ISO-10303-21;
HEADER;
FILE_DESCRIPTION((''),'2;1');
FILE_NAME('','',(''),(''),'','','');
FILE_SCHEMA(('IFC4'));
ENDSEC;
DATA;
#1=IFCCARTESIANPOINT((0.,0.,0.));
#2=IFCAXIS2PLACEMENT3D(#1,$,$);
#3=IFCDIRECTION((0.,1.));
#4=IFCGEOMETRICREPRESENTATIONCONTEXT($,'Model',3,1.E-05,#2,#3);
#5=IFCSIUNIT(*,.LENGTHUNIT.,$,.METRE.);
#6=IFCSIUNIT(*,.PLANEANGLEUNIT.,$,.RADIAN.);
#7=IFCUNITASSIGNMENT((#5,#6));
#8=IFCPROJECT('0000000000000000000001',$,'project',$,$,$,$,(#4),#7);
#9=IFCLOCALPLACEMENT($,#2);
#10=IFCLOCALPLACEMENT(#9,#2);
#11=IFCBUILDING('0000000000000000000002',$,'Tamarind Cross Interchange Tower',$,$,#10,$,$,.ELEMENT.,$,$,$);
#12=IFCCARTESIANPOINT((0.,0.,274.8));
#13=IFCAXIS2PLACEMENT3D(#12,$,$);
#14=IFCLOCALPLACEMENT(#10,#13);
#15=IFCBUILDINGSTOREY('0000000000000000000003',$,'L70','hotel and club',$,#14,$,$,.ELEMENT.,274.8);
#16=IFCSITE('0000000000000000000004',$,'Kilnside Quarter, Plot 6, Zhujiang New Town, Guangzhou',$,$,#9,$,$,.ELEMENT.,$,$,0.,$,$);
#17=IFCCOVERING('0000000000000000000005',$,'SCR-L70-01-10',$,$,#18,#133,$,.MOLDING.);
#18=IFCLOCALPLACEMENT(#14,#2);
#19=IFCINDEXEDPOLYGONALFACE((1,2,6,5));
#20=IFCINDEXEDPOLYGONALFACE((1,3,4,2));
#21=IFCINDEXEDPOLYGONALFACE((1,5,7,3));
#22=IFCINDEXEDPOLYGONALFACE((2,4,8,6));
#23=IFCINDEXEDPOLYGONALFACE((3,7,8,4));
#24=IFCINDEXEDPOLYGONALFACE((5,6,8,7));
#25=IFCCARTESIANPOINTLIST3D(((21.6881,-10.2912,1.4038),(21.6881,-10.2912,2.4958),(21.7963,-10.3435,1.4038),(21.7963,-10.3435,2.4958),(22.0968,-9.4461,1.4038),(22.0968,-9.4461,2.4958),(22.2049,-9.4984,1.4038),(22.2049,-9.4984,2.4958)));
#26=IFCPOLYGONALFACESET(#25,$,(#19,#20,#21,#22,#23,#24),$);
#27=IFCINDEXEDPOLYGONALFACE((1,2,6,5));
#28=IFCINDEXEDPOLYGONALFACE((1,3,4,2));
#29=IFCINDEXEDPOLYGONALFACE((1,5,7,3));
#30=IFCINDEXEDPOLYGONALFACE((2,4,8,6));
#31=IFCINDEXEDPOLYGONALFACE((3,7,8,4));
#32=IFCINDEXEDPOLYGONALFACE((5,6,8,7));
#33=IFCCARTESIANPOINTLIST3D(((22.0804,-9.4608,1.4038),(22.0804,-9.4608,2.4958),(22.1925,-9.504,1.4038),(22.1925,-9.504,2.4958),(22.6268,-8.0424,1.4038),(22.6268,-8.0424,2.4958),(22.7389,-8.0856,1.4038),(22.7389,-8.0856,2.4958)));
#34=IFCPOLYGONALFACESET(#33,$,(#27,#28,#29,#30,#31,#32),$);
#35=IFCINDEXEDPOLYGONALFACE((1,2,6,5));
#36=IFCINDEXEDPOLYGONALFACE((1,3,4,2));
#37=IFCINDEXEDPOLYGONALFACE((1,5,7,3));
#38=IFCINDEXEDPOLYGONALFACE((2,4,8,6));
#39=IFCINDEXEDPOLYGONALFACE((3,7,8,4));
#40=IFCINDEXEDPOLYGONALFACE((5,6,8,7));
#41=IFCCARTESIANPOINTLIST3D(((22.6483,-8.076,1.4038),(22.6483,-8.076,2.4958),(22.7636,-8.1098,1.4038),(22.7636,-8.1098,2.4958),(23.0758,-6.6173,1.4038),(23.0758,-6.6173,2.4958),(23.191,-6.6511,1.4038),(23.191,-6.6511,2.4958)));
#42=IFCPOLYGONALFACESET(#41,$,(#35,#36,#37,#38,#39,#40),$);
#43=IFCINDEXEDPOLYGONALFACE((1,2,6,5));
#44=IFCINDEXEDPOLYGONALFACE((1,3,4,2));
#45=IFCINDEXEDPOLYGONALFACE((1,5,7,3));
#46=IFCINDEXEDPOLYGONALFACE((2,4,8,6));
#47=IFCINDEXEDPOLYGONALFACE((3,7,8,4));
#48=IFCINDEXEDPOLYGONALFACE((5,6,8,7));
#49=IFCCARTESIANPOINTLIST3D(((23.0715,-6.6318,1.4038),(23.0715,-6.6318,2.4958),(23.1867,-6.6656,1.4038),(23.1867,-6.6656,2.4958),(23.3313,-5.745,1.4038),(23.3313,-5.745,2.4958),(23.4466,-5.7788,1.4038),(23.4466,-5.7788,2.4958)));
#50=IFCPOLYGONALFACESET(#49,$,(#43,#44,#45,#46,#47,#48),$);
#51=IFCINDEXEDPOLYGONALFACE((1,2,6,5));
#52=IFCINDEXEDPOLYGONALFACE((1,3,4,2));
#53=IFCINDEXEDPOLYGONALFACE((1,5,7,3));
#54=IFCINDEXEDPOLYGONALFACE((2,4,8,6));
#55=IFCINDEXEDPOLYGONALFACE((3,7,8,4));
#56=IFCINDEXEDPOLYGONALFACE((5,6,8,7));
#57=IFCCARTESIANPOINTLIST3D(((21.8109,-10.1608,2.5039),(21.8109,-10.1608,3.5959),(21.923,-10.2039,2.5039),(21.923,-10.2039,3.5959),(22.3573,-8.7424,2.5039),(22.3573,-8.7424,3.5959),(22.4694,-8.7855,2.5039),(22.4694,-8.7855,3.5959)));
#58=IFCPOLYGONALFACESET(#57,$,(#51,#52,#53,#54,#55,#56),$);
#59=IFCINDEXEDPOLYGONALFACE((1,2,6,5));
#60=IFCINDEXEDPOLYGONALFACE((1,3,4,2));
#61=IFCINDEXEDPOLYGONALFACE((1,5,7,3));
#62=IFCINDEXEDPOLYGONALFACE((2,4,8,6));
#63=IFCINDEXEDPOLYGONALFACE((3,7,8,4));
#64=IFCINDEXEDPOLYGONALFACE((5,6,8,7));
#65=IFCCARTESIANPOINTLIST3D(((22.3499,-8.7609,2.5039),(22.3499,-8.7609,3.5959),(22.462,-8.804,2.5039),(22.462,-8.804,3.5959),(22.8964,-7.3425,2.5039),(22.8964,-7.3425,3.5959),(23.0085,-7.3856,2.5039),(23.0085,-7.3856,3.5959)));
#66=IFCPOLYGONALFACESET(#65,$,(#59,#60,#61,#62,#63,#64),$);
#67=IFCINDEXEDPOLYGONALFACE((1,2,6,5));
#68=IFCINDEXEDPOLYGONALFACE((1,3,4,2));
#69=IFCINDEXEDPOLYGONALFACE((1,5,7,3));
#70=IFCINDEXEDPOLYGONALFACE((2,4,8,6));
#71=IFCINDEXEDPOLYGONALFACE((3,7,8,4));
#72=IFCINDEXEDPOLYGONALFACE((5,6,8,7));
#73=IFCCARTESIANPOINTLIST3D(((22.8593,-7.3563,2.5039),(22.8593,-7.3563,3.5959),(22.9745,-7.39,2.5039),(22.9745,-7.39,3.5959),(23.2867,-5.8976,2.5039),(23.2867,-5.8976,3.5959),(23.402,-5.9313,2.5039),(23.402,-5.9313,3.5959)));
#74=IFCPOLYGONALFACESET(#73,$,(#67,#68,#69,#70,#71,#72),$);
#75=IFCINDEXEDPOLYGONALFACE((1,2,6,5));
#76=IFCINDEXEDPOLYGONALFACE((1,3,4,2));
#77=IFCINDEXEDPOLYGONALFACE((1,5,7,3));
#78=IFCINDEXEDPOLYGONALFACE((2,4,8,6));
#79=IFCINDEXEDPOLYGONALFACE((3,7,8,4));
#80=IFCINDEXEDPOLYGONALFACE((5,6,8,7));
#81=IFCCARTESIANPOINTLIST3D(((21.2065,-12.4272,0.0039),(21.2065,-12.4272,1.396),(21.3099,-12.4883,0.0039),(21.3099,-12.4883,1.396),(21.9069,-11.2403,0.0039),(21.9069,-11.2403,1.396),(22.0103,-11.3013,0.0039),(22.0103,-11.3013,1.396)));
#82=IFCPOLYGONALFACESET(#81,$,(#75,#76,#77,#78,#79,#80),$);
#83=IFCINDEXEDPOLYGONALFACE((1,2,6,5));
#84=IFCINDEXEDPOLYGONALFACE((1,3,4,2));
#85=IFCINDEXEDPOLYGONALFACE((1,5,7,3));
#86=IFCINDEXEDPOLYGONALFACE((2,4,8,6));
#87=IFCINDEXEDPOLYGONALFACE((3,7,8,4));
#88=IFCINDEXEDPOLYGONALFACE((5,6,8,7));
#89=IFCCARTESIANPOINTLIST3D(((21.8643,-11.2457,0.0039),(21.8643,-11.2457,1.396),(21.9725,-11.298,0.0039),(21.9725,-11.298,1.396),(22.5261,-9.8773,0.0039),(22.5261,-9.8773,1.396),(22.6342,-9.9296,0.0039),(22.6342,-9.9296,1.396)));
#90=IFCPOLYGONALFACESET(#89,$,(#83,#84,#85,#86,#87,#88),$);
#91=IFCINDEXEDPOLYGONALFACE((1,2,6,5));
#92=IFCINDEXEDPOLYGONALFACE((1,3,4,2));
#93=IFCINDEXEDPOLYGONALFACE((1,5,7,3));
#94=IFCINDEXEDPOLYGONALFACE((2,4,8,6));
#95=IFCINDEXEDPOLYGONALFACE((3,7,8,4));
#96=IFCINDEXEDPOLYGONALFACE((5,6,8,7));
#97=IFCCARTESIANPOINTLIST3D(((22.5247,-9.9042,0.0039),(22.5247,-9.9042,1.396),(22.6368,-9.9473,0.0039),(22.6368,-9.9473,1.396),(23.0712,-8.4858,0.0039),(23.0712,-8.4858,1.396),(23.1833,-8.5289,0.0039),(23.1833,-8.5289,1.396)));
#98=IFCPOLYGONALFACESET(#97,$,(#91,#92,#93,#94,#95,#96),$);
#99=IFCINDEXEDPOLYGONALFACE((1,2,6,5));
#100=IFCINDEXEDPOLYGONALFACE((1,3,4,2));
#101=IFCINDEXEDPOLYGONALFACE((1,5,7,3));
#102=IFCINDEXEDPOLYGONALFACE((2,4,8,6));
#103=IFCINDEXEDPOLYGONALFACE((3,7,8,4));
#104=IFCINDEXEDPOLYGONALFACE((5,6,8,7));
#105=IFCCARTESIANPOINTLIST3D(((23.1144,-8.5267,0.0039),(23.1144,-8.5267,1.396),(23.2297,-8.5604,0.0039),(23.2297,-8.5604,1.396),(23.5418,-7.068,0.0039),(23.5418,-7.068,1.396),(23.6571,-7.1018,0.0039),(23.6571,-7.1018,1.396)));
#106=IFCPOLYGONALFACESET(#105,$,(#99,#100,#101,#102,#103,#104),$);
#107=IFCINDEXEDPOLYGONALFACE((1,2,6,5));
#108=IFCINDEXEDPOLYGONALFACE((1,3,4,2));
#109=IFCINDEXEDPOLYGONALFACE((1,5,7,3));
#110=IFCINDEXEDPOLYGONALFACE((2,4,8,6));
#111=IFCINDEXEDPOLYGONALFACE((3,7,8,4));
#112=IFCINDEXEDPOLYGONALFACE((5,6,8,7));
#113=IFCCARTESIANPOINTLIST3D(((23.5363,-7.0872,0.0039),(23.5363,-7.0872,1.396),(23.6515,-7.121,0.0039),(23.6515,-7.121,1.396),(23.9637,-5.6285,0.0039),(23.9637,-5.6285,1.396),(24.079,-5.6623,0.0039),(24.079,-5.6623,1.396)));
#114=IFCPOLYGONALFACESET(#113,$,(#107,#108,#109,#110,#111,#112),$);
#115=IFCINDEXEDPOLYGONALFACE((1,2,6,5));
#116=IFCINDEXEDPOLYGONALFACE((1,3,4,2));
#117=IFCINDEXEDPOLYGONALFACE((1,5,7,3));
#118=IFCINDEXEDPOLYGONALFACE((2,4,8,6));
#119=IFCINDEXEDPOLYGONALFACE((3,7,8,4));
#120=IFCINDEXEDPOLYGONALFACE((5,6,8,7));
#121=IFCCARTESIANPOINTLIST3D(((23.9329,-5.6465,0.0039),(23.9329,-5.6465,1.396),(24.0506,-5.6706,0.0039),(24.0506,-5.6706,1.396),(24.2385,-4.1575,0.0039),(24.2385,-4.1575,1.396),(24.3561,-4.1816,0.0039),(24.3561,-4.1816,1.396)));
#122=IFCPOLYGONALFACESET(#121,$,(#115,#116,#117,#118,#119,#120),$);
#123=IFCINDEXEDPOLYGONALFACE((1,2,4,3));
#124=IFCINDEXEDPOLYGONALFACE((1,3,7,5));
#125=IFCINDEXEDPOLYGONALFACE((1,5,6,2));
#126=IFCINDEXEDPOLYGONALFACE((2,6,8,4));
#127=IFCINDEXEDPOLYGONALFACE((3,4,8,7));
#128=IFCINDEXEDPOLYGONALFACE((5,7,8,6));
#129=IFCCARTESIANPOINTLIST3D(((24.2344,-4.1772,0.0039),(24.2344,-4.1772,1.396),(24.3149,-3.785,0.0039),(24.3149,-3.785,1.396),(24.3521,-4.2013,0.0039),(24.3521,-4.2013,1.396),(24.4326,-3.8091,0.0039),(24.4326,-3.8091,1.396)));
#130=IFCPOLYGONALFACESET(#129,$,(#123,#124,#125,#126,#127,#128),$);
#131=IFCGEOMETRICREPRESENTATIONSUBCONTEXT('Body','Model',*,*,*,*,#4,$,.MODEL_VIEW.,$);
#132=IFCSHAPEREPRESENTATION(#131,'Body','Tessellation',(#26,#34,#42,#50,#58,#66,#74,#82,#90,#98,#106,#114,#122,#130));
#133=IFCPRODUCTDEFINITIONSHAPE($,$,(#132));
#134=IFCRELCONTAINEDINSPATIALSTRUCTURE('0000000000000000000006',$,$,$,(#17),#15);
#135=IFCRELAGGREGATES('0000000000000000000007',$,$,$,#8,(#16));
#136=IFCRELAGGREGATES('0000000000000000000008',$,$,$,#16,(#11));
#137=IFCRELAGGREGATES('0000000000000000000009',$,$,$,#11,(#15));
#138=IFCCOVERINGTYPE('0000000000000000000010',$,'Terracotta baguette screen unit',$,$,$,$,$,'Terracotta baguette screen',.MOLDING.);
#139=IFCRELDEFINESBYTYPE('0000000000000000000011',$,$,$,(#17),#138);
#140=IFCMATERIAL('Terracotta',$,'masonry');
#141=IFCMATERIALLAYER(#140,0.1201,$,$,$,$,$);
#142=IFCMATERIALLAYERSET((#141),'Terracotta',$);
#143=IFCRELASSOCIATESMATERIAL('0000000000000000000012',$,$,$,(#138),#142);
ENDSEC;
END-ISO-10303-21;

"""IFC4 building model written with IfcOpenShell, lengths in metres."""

from ifc_helpers import new_model, si_unit, direction, frame, origin, origin_2d, place, context, subcontext, project, spatial, rectangle, extrude, material, layer, layer_set, type_object, element, save


model = new_model("IFC4")

# Units and contexts
model_context = context("Model", 3, precision=1e-05, world=origin(), true_north=direction((0.0, 1.0)))
body_context = subcontext(model_context, "Body", "Model", "MODEL_VIEW")
ifc_project = project(units=[si_unit("LENGTHUNIT", "METRE"), si_unit("PLANEANGLEUNIT", "RADIAN")], contexts=[model_context])

# Site, building, storey
site_placement = place(None, origin())
site = spatial("IfcSite", under=ifc_project, at=site_placement, Name="Kilnside Quarter, Plot 6, Zhujiang New Town, Guangzhou", CompositionType="ELEMENT", RefElevation=0.0)
building_placement = place(site_placement, origin())
building = spatial("IfcBuilding", under=site, at=building_placement, Name="Tamarind Cross Interchange Tower", CompositionType="ELEMENT")
storey_placement = place(building_placement, frame((0.0, 0.0, 274.8)))
storey = spatial("IfcBuildingStorey", under=building, at=storey_placement, Name="L70", Description="hotel and club", CompositionType="ELEMENT", Elevation=274.8)

# Covering
ifc_material_1 = material(Name="Terracotta", Category="masonry")
ifc_layer_1 = layer(ifc_material_1, 0.1201)
ifc_layer_set_1 = layer_set([ifc_layer_1], Name="Terracotta")
covering_type = type_object("IfcCoveringType", Name="Terracotta baguette screen unit", ElementType="Terracotta baguette screen", PredefinedType="MOLDING", material=ifc_layer_set_1)
covering_1_placement = place(storey_placement, origin())
element("IfcCovering", 1, at=covering_1_placement, inside=storey, type_object=covering_type, Name="SCR-L70-01-10", PredefinedType="MOLDING", context=body_context, shape_type="SweptSolid", body=[
    extrude(rectangle(XDim=0.9387, YDim=0.1201, at=origin_2d()), frame((21.9465, -9.8948, 1.4038), z_axis=(0.0, 0.0, 1.0), x_axis=(0.435326, 0.900273, 0.0)), (0.0, 0.0, 1.0), 1.092),
    extrude(rectangle(XDim=1.52, YDim=0.1201, at=origin_2d()), frame((22.4097, -8.7732, 1.4038), z_axis=(0.0, 0.0, 1.0), x_axis=(0.359495, 0.933147, 0.0)), (0.0, 0.0, 1.0), 1.092),
    extrude(rectangle(XDim=1.52, YDim=0.1201, at=origin_2d()), frame((22.9197, -7.3635, 1.4038), z_axis=(0.0, 0.0, 1.0), x_axis=(0.281209, 0.959647, 0.0)), (0.0, 0.0, 1.0), 1.092),
    extrude(rectangle(XDim=0.9241, YDim=0.1201, at=origin_2d()), frame((23.259, -6.2053, 1.4038), z_axis=(0.0, 0.0, 1.0), x_axis=(0.281209, 0.959647, 0.0)), (0.0, 0.0, 1.0), 1.092),
    extrude(rectangle(XDim=1.52, YDim=0.1201, at=origin_2d()), frame((22.1401, -9.4731, 2.5039), z_axis=(0.0, 0.0, 1.0), x_axis=(0.359495, 0.933147, 0.0)), (0.0, 0.0, 1.0), 1.092),
    extrude(rectangle(XDim=1.52, YDim=0.1201, at=origin_2d()), frame((22.6792, -8.0732, 2.5039), z_axis=(0.0, 0.0, 1.0), x_axis=(0.359495, 0.933147, 0.0)), (0.0, 0.0, 1.0), 1.092),
    extrude(rectangle(XDim=1.52, YDim=0.1201, at=origin_2d()), frame((23.1306, -6.6438, 2.5039), z_axis=(0.0, 0.0, 1.0), x_axis=(0.281209, 0.959647, 0.0)), (0.0, 0.0, 1.0), 1.092),
    extrude(rectangle(XDim=1.3782, YDim=0.1201, at=origin_2d()), frame((21.6084, -11.8643, 0.0039), z_axis=(0.0, 0.0, 1.0), x_axis=(0.508183, 0.861249, 0.0)), (0.0, 0.0, 1.0), 1.3921),
    extrude(rectangle(XDim=1.52, YDim=0.1201, at=origin_2d()), frame((22.2493, -10.5876, 0.0039), z_axis=(0.0, 0.0, 1.0), x_axis=(0.435326, 0.900273, 0.0)), (0.0, 0.0, 1.0), 1.3921),
    extrude(rectangle(XDim=1.52, YDim=0.1201, at=origin_2d()), frame((22.854, -9.2166, 0.0039), z_axis=(0.0, 0.0, 1.0), x_axis=(0.359495, 0.933147, 0.0)), (0.0, 0.0, 1.0), 1.3921),
    extrude(rectangle(XDim=1.52, YDim=0.1201, at=origin_2d()), frame((23.3857, -7.8142, 0.0039), z_axis=(0.0, 0.0, 1.0), x_axis=(0.281209, 0.959647, 0.0)), (0.0, 0.0, 1.0), 1.3921),
    extrude(rectangle(XDim=1.52, YDim=0.1201, at=origin_2d()), frame((23.8076, -6.3748, 0.0039), z_axis=(0.0, 0.0, 1.0), x_axis=(0.281209, 0.959647, 0.0)), (0.0, 0.0, 1.0), 1.3921),
    extrude(rectangle(XDim=1.52, YDim=0.1201, at=origin_2d()), frame((24.1445, -4.9141, 0.0039), z_axis=(0.0, 0.0, 1.0), x_axis=(0.201001, 0.979591, 0.0)), (0.0, 0.0, 1.0), 1.3921),
    extrude(rectangle(XDim=0.4004, YDim=0.1201, at=origin_2d()), frame((24.3335, -3.9932, 0.0039), z_axis=(0.0, 0.0, 1.0), x_axis=(0.201001, 0.979591, 0.0)), (0.0, 0.0, 1.0), 1.3921),
])

save(model, "model.ifc")
